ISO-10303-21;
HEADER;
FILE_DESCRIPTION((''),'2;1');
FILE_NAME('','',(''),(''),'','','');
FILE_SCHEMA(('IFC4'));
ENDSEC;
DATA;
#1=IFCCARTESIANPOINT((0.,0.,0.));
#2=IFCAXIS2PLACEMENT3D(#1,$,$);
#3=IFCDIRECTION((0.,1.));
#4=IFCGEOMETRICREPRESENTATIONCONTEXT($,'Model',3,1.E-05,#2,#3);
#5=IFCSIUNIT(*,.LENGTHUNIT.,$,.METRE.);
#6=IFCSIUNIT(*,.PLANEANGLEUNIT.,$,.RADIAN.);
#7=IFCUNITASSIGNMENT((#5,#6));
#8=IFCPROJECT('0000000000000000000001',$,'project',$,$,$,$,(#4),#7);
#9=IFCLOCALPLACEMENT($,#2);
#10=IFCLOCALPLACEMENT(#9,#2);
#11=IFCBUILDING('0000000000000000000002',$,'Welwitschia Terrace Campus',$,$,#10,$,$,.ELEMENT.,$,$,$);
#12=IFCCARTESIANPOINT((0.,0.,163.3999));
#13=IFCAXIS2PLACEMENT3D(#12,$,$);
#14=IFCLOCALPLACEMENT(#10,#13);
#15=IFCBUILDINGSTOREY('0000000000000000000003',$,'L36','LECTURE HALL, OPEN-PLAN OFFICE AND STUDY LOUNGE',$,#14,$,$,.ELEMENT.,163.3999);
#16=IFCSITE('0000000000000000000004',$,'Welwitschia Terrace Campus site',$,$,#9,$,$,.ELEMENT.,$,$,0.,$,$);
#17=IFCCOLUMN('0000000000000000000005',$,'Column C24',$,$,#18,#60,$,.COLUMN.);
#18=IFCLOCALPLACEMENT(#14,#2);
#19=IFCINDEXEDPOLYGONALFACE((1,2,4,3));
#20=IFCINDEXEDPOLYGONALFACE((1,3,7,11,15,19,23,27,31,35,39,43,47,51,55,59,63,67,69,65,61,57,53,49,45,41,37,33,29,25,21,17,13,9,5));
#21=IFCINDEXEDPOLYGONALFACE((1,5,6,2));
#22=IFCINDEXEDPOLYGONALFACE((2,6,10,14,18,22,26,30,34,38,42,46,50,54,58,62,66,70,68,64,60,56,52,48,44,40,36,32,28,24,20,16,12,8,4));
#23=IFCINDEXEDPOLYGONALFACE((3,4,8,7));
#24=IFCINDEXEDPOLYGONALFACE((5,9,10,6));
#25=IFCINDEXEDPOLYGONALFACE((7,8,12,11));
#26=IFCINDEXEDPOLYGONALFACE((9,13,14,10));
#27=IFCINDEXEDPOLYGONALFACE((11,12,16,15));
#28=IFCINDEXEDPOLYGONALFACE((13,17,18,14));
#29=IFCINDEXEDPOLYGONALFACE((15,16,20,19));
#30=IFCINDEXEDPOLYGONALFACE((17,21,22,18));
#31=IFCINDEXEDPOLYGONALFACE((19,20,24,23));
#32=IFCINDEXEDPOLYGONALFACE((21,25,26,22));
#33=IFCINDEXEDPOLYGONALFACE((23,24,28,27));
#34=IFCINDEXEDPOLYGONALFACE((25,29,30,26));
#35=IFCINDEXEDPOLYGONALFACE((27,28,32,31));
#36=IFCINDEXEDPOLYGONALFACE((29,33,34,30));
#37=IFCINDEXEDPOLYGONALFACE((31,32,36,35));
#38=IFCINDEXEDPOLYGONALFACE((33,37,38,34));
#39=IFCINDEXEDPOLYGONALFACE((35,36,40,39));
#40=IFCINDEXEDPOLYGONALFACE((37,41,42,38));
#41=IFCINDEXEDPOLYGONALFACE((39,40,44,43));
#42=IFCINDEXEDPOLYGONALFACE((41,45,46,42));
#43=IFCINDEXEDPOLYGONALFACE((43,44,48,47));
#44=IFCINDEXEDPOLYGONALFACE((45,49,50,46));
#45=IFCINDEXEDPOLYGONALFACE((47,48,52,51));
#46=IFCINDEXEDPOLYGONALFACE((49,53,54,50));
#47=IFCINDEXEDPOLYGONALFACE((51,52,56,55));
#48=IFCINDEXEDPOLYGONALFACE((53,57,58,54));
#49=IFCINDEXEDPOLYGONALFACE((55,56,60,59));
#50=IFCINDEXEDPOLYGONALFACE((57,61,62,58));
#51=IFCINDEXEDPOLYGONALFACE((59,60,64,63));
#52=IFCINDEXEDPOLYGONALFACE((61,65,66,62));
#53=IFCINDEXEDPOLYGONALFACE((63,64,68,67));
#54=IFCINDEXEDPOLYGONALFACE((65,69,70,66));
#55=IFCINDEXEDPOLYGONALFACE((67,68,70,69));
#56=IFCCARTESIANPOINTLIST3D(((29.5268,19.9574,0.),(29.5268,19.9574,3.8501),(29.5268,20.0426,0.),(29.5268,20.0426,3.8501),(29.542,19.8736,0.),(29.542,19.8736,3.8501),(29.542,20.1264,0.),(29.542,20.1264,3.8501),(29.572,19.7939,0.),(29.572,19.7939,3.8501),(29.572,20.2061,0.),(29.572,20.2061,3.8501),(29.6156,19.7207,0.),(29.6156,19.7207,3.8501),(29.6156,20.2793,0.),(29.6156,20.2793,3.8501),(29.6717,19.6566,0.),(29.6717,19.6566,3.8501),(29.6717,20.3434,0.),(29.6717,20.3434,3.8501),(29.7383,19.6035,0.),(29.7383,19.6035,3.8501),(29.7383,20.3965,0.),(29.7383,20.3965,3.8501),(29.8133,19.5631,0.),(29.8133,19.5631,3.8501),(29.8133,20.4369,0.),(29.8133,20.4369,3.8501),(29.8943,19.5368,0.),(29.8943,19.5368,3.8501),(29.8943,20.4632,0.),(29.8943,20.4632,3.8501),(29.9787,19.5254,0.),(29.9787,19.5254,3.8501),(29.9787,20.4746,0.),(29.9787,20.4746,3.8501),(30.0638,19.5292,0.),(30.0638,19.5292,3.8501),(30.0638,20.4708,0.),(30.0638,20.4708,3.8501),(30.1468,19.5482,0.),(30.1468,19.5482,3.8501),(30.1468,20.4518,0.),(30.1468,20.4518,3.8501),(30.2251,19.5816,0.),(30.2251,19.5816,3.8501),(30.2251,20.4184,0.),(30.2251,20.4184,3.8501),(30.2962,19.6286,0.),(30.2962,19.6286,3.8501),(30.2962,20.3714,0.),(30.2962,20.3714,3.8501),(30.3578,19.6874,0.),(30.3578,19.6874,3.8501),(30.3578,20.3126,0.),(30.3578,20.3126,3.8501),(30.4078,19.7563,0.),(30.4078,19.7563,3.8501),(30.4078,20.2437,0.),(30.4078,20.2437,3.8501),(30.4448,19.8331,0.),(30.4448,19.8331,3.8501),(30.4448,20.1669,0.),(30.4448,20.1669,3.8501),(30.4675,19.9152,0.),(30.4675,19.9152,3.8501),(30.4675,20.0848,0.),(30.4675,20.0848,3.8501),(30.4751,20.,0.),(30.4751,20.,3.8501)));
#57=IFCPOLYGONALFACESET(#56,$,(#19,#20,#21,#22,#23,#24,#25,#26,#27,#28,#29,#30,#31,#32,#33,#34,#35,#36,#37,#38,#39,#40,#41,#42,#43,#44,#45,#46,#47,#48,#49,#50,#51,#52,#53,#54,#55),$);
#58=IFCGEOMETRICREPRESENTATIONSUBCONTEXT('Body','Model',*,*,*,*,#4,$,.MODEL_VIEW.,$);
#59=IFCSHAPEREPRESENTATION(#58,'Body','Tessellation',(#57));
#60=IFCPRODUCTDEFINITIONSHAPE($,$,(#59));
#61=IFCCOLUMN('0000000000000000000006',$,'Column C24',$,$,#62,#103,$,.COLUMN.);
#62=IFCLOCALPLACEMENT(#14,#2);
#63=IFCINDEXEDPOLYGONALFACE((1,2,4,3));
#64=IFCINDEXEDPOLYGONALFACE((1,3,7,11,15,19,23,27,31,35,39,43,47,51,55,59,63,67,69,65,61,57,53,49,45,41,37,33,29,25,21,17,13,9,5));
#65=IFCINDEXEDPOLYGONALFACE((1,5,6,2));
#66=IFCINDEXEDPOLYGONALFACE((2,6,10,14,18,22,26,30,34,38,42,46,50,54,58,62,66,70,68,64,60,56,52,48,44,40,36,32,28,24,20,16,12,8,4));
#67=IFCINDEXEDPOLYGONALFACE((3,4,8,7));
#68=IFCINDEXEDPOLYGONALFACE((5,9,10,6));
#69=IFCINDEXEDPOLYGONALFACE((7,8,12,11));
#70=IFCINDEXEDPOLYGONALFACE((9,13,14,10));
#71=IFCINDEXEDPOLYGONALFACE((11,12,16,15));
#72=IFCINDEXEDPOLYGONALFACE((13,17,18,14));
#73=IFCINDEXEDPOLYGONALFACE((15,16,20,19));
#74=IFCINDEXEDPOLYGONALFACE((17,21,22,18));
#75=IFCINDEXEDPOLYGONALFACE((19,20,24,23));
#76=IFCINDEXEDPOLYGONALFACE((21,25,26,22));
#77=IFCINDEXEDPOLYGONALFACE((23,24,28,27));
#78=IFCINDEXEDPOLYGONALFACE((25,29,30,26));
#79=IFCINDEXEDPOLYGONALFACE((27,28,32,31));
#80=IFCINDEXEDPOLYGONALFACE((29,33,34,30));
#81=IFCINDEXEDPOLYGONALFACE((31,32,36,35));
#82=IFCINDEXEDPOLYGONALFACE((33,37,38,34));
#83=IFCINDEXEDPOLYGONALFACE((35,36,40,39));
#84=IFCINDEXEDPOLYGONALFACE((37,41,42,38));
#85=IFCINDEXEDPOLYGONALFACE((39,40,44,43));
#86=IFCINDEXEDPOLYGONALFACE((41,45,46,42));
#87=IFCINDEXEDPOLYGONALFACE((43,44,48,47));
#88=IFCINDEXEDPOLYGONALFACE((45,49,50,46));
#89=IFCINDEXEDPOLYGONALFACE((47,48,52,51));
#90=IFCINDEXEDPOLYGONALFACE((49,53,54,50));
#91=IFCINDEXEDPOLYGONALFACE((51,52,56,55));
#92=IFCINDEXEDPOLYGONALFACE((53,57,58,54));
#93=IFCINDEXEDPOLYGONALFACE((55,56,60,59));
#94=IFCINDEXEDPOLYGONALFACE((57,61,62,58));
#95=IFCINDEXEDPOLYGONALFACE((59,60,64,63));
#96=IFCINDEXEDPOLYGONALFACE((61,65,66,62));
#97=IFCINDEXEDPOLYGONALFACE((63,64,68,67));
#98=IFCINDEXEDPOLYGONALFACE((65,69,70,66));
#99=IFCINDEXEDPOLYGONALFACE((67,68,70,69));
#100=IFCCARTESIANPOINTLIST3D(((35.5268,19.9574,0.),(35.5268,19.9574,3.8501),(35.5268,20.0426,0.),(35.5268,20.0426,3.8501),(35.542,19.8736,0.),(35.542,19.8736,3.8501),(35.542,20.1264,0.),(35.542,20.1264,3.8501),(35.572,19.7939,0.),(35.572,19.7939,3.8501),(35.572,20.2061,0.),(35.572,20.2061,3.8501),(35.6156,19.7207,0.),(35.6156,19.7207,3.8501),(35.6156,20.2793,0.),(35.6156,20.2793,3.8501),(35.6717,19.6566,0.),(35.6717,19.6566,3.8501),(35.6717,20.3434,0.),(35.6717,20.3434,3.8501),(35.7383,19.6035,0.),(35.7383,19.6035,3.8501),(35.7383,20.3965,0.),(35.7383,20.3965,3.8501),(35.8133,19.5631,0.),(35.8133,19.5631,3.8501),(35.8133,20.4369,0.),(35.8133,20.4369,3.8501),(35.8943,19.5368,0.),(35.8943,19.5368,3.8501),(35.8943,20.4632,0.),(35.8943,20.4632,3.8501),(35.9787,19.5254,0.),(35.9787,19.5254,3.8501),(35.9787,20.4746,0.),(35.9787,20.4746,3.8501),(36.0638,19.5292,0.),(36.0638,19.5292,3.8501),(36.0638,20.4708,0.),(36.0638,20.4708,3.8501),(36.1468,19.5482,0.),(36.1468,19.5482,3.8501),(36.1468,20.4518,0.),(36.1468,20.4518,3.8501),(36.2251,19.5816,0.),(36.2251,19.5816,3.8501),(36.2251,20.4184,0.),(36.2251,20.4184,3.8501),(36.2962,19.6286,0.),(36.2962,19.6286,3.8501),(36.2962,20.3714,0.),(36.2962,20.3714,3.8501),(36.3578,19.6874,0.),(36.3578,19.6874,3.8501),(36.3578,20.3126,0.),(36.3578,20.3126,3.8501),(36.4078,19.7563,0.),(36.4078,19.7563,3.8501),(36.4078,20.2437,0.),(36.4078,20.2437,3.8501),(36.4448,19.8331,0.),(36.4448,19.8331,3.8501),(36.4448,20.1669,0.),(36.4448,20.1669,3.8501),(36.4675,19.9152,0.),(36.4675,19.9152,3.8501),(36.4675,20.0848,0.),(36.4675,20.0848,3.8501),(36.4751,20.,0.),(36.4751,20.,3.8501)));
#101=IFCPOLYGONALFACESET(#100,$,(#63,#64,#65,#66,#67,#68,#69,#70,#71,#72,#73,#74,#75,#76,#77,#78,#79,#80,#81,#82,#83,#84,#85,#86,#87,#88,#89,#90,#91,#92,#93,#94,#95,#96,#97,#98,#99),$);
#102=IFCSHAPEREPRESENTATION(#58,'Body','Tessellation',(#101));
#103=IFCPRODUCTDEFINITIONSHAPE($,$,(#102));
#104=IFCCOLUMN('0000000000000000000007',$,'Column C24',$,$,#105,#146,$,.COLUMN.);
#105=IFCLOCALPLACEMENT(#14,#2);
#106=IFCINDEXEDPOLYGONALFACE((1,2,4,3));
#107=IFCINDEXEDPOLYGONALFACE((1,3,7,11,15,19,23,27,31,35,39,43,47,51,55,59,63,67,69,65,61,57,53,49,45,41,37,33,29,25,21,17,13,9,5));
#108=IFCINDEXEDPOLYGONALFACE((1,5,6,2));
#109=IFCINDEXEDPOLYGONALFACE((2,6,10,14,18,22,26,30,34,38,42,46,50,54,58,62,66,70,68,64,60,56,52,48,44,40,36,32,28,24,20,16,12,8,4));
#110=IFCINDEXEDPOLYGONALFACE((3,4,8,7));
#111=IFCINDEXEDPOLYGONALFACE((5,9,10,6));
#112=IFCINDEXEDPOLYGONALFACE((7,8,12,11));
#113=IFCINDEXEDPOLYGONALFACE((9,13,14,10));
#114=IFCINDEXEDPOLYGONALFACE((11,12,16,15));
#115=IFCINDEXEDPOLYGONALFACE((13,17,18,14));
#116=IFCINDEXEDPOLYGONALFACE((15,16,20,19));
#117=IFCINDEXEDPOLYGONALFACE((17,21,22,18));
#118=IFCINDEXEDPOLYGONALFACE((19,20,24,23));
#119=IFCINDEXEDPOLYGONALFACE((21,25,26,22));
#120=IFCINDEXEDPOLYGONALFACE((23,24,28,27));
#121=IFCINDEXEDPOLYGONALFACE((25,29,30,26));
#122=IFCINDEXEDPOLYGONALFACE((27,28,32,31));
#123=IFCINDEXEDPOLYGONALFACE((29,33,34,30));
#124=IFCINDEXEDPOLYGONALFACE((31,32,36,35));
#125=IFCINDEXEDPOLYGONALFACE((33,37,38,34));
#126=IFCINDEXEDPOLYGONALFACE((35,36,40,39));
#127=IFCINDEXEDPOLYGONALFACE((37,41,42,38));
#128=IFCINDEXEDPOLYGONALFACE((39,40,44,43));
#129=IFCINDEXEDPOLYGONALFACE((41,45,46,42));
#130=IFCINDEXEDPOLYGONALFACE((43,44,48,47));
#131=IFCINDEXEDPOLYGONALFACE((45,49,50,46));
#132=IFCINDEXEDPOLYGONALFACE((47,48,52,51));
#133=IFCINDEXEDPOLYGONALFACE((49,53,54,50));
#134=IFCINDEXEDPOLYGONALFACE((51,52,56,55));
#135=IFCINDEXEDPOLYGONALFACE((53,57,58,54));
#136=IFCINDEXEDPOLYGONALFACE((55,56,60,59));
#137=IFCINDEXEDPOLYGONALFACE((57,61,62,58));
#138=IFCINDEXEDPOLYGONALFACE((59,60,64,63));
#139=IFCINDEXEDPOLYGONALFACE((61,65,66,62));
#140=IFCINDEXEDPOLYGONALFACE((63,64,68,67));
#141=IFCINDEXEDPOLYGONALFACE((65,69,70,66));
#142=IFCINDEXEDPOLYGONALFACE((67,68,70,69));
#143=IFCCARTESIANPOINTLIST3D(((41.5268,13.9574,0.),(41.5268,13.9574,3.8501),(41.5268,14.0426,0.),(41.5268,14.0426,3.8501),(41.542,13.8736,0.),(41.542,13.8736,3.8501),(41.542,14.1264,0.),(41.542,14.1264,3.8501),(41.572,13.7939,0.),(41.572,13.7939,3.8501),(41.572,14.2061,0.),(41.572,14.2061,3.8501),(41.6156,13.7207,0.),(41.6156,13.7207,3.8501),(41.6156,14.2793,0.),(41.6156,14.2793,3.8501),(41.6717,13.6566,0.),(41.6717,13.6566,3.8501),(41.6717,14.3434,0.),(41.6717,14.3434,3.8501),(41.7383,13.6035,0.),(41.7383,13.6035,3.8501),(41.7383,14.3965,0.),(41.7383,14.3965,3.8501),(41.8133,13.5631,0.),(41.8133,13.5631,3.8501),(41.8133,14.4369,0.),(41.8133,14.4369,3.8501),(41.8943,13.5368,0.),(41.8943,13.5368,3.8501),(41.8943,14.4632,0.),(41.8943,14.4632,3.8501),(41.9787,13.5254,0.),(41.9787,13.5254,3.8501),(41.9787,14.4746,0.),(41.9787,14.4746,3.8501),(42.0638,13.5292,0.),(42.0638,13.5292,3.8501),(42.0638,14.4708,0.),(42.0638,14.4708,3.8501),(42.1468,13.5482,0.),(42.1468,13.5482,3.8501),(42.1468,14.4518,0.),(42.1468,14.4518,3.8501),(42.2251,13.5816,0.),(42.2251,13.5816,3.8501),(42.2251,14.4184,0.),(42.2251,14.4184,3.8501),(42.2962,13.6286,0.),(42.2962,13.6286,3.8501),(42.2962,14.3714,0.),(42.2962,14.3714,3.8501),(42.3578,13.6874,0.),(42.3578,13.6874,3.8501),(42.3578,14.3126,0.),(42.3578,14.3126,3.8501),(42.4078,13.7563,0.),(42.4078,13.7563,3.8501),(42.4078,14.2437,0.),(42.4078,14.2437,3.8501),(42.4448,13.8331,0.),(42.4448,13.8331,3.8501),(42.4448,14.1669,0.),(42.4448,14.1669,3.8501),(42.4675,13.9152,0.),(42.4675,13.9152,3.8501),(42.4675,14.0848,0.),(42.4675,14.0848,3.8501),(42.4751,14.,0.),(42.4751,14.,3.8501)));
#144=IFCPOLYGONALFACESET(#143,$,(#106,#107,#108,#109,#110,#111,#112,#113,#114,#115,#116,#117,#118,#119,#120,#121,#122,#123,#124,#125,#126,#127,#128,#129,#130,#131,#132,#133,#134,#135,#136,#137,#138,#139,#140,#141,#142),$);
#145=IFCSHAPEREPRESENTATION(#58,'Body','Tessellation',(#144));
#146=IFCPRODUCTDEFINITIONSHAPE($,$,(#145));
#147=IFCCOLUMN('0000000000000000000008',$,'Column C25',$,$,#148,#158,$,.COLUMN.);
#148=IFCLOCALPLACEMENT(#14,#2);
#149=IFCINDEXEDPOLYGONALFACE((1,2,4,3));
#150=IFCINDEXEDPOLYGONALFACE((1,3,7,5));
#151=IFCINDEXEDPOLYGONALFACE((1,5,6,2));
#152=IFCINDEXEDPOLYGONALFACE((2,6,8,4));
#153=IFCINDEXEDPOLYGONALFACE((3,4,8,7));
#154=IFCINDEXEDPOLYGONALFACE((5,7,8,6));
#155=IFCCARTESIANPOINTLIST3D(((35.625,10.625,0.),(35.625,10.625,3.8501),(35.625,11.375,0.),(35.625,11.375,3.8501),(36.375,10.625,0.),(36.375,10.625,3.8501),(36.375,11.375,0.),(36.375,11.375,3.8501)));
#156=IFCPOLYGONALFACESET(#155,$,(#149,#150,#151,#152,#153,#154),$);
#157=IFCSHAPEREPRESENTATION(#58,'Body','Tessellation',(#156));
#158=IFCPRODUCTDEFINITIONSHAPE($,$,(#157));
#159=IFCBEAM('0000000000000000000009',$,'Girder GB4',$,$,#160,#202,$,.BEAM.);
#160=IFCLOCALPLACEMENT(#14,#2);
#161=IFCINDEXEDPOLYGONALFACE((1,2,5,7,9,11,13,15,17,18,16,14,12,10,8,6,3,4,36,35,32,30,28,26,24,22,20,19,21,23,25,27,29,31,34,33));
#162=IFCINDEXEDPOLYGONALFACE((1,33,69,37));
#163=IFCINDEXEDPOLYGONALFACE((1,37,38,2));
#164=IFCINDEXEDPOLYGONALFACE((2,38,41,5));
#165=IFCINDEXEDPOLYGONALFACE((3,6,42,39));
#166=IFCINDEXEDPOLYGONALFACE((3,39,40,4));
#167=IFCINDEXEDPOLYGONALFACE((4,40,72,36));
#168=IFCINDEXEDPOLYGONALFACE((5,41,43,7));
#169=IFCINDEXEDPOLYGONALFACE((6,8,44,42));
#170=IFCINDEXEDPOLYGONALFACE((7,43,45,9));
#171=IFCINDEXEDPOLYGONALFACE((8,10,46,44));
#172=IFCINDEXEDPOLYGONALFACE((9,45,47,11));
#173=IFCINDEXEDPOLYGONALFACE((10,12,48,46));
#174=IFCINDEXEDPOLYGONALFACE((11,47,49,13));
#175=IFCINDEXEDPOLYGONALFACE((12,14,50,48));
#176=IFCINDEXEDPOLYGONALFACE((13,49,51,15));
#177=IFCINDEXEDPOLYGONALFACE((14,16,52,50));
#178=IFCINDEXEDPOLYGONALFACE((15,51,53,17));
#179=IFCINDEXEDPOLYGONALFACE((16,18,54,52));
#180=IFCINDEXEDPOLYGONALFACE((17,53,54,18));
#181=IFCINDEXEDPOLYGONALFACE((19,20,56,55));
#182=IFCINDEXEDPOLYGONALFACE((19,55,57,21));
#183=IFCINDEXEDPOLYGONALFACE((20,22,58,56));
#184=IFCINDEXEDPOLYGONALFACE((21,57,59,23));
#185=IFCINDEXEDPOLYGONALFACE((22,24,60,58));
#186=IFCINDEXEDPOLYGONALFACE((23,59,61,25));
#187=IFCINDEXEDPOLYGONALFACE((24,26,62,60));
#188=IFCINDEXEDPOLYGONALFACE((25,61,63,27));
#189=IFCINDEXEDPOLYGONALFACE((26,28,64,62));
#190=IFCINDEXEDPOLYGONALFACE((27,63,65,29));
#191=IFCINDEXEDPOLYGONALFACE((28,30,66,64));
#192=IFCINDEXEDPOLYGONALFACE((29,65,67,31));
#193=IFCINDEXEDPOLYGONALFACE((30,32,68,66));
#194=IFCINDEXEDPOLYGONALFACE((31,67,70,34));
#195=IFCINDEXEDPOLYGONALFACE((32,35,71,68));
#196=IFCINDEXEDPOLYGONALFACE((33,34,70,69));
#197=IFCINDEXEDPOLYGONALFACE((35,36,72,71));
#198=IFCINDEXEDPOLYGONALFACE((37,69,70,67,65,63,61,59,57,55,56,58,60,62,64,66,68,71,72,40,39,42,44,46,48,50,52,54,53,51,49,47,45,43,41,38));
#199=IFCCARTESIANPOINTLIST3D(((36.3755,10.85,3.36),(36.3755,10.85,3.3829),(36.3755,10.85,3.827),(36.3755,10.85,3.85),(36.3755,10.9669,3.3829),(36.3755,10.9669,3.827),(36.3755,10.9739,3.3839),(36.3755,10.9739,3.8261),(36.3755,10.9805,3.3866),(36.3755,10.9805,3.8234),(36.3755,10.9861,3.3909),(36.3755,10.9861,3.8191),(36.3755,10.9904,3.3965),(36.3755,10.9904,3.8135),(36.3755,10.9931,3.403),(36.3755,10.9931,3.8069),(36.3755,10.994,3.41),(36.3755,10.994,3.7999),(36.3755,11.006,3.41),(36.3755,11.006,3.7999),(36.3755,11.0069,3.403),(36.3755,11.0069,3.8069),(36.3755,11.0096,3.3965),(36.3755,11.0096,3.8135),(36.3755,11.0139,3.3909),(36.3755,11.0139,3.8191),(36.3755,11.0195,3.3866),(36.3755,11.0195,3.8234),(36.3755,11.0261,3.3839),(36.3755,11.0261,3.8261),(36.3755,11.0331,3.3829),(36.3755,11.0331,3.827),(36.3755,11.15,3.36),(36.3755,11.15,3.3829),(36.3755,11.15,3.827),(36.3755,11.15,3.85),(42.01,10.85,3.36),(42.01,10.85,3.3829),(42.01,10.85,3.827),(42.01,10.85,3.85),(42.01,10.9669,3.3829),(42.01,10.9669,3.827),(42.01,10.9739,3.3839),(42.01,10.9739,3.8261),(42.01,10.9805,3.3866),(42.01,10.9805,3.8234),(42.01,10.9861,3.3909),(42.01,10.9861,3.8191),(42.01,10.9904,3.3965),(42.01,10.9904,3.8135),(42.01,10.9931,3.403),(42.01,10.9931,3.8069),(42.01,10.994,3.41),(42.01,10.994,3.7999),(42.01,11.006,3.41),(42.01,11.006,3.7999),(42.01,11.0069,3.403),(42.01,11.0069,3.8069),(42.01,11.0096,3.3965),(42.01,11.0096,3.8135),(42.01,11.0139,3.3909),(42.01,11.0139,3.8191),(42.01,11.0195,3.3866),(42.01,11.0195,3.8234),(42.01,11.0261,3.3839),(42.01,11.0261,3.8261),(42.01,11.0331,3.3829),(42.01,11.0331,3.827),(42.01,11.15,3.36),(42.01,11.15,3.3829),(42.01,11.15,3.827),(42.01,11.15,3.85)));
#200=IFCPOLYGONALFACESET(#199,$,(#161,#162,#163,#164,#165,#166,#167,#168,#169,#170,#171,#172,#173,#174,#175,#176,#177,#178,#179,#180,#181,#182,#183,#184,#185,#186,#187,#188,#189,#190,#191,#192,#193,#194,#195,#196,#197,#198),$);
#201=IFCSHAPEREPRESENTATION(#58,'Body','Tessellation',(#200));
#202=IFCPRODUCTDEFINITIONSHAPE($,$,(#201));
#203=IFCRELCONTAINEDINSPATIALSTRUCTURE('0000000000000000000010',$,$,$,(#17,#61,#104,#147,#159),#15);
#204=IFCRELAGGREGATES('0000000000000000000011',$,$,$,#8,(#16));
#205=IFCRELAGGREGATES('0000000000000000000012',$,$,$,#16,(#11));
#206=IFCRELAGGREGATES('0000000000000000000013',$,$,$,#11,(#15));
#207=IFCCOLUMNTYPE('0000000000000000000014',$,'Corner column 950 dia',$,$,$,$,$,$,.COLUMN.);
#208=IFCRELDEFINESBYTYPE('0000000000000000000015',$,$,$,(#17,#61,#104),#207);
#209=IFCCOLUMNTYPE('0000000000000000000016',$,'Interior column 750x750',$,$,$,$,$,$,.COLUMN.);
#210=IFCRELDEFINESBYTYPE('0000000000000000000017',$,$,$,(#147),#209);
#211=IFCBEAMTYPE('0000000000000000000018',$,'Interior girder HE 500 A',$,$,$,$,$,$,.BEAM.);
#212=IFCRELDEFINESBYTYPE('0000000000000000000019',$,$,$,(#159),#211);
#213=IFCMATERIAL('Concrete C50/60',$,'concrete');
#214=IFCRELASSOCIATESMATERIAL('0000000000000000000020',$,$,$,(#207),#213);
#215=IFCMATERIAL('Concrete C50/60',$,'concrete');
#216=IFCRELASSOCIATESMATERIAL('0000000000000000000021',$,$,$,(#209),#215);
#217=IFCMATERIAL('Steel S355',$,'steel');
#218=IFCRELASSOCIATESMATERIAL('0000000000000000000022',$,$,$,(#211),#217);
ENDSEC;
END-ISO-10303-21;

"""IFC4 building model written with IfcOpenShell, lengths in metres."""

from ifc_helpers import new_model, si_unit, direction, frame, origin, origin_2d, place, context, subcontext, project, spatial, rectangle, circle, i_section, extrude, material, material_profile, profile_set, type_object, element, save


model = new_model("IFC4")

# Units and contexts
model_context = context("Model", 3, precision=1e-05, world=origin(), true_north=direction((0.0, 1.0)))
body_context = subcontext(model_context, "Body", "Model", "MODEL_VIEW")
ifc_project = project(units=[si_unit("LENGTHUNIT", "METRE"), si_unit("PLANEANGLEUNIT", "RADIAN")], contexts=[model_context])

# Site, building, storey
site_placement = place(None, origin())
site = spatial("IfcSite", under=ifc_project, at=site_placement, Name="Welwitschia Terrace Campus site", CompositionType="ELEMENT", RefElevation=0.0)
building_placement = place(site_placement, origin())
building = spatial("IfcBuilding", under=site, at=building_placement, Name="Welwitschia Terrace Campus", CompositionType="ELEMENT")
storey_placement = place(building_placement, frame((0.0, 0.0, 163.3999)))
storey = spatial("IfcBuildingStorey", under=building, at=storey_placement, Name="L36", Description="LECTURE HALL, OPEN-PLAN OFFICE AND STUDY LOUNGE", CompositionType="ELEMENT", Elevation=163.3999)

# Columns
ifc_material_1 = material(Name="Concrete C50/60", Category="concrete")
ifc_material_profile_1 = material_profile(ifc_material_1, circle(Radius=0.4751, at=origin_2d()))
ifc_profile_set_1 = profile_set([ifc_material_profile_1], Name="Concrete C50/60")
column_type_1 = type_object("IfcColumnType", Name="Corner column 950 dia", PredefinedType="COLUMN", material=ifc_profile_set_1)
for number, where, z_axis, x_axis, name in (
    (1, (30.0, 20.0, 0.0), (0.0, 0.0, 1.0), (1.0, 0.0, 0.0), "Column C24"),
    (2, (36.0, 20.0, 0.0), (0.0, 0.0, 1.0), (1.0, 0.0, 0.0), "Column C24"),
    (3, (42.0, 14.0, 0.0), (0.0, 0.0, 1.0), (1.0, 0.0, 0.0), "Column C24"),
):
    element("IfcColumn", number, at=place(storey_placement, frame(where, z_axis=z_axis, x_axis=x_axis)), inside=storey, type_object=column_type_1, Name=name, PredefinedType="COLUMN", context=body_context, shape_type="SweptSolid", body=[
        extrude(circle(Radius=0.4751, at=origin_2d()), origin(), (0.0, 0.0, 1.0), 3.8501),
    ])
ifc_material_2 = material(Name="Concrete C50/60", Category="concrete")
ifc_material_profile_2 = material_profile(ifc_material_2, rectangle(XDim=0.75, YDim=0.75, at=origin_2d()))
ifc_profile_set_2 = profile_set([ifc_material_profile_2], Name="Concrete C50/60")
column_type_2 = type_object("IfcColumnType", Name="Interior column 750x750", PredefinedType="COLUMN", material=ifc_profile_set_2)
column_placement = place(storey_placement, frame((36.0, 11.0, 0.0), z_axis=(0.0, 0.0, 1.0), x_axis=(1.0, 0.0, 0.0)))
element("IfcColumn", 4, at=column_placement, inside=storey, type_object=column_type_2, Name="Column C25", PredefinedType="COLUMN", context=body_context, shape_type="SweptSolid", body=[
    extrude(rectangle(XDim=0.75, YDim=0.75, at=origin_2d()), origin(), (0.0, 0.0, 1.0), 3.8501),
])

# Beam
ifc_material_3 = material(Name="Steel S355", Category="steel")
ifc_material_profile_3 = material_profile(ifc_material_3, i_section(OverallWidth=0.3, OverallDepth=0.49, WebThickness=0.012, FlangeThickness=0.0229, FilletRadius=0.0271, at=origin_2d()))
ifc_profile_set_3 = profile_set([ifc_material_profile_3], Name="Steel S355")
beam_type_1 = type_object("IfcBeamType", Name="Interior girder HE 500 A", PredefinedType="BEAM", material=ifc_profile_set_3)
beam_1_placement = place(storey_placement, frame((36.3755, 11.0, 3.605), z_axis=(1.0, 0.0, 0.0), x_axis=(0.0, 1.0, 0.0)))
element("IfcBeam", 5, at=beam_1_placement, inside=storey, type_object=beam_type_1, Name="Girder GB4", PredefinedType="BEAM", context=body_context, shape_type="SweptSolid", body=[
    extrude(i_section(OverallWidth=0.3, OverallDepth=0.49, WebThickness=0.012, FlangeThickness=0.0229, FilletRadius=0.0271, at=origin_2d()), origin(), (0.0, 0.0, 1.0), 5.6345),
])

save(model, "model.ifc")
